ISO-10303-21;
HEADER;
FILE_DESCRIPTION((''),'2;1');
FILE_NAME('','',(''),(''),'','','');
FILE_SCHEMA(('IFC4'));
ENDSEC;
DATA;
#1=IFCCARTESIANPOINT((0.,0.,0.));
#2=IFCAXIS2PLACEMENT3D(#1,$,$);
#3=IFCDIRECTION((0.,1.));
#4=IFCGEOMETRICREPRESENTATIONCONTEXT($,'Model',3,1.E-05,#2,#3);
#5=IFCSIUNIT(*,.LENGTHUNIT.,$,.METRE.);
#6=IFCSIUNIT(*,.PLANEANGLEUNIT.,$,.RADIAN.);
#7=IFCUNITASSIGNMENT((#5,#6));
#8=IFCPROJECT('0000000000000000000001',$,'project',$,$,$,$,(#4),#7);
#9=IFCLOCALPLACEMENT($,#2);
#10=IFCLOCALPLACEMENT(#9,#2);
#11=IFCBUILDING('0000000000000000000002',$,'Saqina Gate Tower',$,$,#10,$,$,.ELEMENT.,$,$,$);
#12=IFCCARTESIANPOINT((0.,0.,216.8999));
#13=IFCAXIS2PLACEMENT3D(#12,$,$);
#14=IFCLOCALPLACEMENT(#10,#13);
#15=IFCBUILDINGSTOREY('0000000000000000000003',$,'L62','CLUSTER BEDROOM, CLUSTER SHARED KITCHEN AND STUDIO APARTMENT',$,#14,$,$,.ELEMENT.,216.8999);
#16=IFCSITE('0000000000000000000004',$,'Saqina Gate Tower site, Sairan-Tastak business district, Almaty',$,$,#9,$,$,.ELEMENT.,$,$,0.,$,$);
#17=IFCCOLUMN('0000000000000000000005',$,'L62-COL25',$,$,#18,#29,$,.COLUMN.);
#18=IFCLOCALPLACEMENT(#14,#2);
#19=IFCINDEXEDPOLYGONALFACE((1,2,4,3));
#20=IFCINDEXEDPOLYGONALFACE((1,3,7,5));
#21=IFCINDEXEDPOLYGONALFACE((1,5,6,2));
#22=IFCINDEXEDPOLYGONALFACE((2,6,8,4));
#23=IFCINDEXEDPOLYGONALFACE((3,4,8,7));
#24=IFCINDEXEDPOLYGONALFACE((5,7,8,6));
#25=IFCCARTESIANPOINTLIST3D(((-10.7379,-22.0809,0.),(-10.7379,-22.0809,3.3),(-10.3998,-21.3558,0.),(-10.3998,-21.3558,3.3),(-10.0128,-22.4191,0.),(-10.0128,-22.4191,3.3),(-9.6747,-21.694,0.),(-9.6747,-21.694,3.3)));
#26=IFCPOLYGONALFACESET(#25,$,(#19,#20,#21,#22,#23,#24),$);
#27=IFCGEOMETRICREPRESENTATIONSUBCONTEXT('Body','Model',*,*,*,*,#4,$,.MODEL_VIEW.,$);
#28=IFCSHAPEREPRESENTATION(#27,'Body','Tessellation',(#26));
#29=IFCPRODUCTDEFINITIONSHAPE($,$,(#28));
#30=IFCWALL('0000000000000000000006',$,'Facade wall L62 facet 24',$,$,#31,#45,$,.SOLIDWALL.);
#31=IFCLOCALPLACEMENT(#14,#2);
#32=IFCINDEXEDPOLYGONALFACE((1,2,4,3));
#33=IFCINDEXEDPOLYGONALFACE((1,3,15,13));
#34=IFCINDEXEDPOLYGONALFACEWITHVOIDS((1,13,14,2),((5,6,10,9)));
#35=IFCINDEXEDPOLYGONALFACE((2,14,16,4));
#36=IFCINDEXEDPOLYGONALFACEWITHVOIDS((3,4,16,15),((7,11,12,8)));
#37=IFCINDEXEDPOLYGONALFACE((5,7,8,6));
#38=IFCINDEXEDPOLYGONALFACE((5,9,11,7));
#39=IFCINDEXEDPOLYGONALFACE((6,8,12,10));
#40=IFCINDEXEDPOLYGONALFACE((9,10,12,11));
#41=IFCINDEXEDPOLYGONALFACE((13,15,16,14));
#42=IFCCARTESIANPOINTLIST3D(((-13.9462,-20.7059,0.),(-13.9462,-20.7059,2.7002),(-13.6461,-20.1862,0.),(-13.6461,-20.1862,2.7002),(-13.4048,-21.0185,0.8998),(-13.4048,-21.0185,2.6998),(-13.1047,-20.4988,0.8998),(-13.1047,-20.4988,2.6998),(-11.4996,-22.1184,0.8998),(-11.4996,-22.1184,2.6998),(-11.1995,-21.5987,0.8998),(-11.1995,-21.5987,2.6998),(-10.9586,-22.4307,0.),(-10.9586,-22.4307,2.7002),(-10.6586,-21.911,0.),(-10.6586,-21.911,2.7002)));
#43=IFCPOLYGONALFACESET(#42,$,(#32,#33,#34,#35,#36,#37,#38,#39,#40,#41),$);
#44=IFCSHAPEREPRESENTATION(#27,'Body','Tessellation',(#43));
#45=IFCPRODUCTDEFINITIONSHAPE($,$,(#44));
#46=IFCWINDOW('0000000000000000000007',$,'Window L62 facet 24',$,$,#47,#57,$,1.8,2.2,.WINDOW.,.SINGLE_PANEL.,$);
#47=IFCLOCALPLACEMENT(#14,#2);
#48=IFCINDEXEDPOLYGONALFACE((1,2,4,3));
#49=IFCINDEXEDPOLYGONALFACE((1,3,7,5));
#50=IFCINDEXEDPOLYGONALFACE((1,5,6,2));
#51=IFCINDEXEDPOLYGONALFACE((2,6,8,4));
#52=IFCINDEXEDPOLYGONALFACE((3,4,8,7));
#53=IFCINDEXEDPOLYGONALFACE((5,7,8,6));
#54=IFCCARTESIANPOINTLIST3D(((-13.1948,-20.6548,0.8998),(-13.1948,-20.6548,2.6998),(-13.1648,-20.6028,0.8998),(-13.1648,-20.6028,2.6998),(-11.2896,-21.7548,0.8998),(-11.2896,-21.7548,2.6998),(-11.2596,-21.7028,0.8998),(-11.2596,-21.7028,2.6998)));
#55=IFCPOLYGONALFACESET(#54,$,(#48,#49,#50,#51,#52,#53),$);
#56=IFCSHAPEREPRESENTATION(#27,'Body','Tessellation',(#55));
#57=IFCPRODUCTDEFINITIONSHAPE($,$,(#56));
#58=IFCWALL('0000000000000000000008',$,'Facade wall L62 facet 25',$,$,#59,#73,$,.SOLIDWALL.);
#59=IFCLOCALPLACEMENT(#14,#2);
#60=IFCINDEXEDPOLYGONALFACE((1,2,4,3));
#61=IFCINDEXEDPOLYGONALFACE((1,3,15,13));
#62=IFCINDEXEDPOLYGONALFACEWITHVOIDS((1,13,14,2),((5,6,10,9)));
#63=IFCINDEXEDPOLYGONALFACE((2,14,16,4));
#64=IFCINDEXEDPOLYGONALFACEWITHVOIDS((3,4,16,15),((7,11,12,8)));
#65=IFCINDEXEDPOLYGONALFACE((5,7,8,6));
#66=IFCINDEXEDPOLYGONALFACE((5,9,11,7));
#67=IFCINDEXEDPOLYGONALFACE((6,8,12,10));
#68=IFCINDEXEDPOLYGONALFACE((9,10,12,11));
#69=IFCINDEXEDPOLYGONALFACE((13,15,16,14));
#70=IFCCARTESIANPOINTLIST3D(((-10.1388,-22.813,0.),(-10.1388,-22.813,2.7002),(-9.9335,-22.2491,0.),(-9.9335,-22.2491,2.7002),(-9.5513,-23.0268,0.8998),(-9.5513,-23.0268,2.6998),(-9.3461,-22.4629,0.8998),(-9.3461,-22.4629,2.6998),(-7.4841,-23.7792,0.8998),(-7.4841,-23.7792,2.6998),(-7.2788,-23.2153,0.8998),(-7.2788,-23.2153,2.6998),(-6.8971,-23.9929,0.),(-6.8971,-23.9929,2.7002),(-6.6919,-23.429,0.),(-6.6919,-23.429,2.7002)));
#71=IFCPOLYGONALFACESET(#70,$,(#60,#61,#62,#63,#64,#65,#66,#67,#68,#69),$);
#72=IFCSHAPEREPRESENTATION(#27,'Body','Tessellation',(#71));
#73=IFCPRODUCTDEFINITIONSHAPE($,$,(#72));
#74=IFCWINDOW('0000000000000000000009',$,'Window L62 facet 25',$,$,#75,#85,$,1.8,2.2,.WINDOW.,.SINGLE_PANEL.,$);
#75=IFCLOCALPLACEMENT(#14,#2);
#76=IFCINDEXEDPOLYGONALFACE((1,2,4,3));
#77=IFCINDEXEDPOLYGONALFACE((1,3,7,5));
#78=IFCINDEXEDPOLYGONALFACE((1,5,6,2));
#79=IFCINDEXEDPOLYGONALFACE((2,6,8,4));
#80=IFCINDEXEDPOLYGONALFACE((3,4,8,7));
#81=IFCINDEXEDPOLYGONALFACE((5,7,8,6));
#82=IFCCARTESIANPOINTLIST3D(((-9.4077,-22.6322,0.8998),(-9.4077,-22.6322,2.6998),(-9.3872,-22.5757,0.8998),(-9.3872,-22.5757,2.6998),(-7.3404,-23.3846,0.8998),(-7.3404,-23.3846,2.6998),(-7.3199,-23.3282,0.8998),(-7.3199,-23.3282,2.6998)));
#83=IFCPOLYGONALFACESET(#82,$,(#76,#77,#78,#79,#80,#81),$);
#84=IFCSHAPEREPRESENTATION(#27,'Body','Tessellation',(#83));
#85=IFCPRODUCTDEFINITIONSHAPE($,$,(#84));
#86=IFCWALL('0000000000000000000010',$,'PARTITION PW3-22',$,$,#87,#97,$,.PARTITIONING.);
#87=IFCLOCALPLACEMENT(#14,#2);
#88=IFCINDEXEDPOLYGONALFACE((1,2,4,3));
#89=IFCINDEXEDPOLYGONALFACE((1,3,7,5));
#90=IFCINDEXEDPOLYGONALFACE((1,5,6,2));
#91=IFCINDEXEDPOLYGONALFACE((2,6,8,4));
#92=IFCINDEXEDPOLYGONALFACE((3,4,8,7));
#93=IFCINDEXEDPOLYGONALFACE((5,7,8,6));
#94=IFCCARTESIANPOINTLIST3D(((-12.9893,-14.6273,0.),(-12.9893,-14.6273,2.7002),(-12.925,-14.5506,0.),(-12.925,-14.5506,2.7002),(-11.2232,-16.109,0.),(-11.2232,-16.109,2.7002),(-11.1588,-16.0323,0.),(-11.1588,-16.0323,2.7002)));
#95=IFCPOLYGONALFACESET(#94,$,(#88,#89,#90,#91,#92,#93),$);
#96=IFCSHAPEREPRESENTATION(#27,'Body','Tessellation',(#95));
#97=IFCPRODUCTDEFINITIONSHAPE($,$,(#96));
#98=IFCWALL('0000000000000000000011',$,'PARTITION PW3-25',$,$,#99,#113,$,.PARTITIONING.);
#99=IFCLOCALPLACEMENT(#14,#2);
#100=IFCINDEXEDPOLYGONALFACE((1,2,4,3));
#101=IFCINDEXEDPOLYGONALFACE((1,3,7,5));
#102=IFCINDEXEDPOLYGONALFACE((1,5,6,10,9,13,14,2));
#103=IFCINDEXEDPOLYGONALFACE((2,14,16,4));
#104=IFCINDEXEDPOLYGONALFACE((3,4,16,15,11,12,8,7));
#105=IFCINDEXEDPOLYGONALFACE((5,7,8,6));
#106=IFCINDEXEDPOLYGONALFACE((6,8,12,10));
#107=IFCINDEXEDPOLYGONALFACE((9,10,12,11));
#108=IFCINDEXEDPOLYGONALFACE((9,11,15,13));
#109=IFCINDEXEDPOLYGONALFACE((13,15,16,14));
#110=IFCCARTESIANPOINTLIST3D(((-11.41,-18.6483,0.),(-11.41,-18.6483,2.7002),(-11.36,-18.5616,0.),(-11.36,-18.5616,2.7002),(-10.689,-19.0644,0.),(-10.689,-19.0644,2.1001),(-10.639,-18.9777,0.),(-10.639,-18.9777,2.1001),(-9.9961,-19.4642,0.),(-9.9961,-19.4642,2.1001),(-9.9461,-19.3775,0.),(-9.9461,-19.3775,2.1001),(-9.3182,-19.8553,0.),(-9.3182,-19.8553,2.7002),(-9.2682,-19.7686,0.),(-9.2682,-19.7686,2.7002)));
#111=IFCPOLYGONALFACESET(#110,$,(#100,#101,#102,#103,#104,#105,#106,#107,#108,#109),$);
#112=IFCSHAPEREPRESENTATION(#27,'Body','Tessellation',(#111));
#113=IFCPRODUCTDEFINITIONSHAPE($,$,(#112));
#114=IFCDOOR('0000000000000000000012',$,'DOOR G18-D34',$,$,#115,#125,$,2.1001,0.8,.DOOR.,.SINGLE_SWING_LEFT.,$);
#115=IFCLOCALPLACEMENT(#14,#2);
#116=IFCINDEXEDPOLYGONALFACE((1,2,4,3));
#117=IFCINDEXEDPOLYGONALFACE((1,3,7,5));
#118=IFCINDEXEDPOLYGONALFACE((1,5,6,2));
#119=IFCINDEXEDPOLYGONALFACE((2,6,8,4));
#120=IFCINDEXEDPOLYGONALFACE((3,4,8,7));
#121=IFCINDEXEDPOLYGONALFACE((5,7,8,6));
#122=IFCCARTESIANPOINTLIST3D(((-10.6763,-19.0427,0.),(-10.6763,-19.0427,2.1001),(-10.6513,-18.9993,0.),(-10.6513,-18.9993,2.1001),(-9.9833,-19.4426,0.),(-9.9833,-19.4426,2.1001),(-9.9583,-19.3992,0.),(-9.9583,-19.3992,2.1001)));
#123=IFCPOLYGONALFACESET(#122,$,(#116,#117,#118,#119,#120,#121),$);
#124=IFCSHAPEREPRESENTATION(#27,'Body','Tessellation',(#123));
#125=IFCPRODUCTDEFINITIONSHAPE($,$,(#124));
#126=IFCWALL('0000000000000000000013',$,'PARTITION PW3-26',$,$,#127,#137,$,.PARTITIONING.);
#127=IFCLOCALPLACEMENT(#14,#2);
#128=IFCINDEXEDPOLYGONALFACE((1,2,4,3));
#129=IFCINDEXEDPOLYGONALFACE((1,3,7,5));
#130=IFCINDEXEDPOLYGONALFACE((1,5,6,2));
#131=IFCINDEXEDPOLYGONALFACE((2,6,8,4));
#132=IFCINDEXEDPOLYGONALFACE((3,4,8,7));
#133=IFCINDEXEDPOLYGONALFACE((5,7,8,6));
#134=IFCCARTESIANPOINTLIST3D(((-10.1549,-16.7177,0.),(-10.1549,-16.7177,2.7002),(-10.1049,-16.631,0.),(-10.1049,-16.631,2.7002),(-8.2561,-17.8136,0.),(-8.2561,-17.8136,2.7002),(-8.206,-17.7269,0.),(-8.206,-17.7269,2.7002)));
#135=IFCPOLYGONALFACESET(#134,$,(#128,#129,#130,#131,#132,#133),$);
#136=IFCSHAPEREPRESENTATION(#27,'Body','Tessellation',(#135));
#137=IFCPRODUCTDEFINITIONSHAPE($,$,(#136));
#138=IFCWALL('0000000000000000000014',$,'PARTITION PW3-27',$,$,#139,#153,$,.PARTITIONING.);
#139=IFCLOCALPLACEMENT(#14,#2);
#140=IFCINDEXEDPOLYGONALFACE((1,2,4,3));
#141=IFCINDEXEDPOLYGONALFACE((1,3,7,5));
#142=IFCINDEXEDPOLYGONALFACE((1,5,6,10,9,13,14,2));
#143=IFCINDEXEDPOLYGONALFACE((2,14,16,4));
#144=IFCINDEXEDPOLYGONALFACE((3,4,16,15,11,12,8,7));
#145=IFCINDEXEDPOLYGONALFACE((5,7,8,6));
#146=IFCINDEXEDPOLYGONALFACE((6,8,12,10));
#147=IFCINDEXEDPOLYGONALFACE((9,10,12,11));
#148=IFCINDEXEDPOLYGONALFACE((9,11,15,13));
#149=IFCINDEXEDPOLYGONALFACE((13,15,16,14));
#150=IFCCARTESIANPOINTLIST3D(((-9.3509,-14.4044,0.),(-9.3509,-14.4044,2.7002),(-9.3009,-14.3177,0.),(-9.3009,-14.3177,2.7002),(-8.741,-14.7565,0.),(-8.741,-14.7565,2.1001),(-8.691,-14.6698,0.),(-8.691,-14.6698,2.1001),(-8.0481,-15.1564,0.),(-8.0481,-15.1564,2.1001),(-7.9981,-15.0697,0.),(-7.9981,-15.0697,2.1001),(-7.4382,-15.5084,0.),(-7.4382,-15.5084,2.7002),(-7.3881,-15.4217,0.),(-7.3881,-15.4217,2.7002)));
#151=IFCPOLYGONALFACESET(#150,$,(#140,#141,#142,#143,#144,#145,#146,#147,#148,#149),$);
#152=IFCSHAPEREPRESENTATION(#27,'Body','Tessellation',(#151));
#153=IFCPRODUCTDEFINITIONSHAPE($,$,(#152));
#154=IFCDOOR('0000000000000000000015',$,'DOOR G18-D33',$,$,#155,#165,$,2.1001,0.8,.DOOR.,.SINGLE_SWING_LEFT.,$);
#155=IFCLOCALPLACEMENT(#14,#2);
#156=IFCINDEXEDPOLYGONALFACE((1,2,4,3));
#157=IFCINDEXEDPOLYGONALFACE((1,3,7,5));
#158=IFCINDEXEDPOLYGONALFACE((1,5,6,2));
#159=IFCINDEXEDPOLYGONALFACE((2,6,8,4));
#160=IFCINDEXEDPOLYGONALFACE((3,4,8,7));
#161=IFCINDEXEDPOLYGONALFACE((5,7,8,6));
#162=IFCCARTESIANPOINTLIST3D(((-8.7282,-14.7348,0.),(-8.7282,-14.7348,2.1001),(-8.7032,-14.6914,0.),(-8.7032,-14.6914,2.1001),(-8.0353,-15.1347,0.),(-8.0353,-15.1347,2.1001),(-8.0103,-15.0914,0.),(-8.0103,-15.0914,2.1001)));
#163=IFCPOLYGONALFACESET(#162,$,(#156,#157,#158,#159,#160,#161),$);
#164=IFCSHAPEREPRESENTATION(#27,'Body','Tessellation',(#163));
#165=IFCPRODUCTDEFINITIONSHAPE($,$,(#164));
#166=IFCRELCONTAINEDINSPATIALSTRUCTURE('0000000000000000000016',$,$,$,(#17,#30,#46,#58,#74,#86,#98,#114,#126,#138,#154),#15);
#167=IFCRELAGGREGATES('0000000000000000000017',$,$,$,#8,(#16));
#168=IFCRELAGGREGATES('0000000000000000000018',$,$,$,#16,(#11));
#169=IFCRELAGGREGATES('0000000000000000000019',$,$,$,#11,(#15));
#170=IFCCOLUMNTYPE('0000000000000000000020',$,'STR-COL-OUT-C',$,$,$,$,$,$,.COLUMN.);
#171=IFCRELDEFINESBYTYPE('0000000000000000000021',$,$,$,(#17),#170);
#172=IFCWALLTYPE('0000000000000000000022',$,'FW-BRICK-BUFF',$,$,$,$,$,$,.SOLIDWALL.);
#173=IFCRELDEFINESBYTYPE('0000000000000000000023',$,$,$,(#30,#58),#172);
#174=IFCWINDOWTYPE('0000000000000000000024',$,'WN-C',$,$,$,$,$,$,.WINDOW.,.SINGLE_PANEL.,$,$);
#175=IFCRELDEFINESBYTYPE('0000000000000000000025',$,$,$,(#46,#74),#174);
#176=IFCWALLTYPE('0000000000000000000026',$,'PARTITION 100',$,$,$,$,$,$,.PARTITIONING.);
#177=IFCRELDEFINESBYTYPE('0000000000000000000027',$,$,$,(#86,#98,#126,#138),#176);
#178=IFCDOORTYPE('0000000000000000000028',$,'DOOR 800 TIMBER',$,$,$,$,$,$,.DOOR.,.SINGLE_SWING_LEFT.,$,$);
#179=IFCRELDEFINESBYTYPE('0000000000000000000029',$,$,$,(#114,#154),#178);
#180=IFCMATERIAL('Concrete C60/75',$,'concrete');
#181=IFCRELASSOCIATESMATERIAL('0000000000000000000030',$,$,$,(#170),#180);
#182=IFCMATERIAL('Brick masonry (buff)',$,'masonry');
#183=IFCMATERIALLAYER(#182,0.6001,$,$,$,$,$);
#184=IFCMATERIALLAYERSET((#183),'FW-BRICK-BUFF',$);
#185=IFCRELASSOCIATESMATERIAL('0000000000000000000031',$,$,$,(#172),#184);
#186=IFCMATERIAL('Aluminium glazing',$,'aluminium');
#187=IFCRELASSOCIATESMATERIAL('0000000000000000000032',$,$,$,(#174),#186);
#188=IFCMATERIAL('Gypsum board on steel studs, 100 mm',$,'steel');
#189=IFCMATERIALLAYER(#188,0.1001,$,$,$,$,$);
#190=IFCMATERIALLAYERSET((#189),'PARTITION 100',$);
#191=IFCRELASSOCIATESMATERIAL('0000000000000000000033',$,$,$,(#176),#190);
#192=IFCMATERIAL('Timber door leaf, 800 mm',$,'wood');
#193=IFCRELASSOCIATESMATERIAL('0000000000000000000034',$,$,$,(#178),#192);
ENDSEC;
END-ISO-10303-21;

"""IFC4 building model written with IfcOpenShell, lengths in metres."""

from ifc_helpers import new_model, si_unit, direction, frame, frame_2d, origin, origin_2d, place, context, subcontext, project, spatial, rectangle, extrude, material, layer, layer_set, material_profile, profile_set, type_object, element, fill, save


model = new_model("IFC4")

# Units and contexts
model_context = context("Model", 3, precision=1e-05, world=origin(), true_north=direction((0.0, 1.0)))
body_context = subcontext(model_context, "Body", "Model", "MODEL_VIEW")
ifc_project = project(units=[si_unit("LENGTHUNIT", "METRE"), si_unit("PLANEANGLEUNIT", "RADIAN")], contexts=[model_context])

# Site, building, storey
site_placement = place(None, origin())
site = spatial("IfcSite", under=ifc_project, at=site_placement, Name="Saqina Gate Tower site, Sairan-Tastak business district, Almaty", CompositionType="ELEMENT", RefElevation=0.0)
building_placement = place(site_placement, origin())
building = spatial("IfcBuilding", under=site, at=building_placement, Name="Saqina Gate Tower", CompositionType="ELEMENT")
storey_placement = place(building_placement, frame((0.0, 0.0, 216.8999)))
storey = spatial("IfcBuildingStorey", under=building, at=storey_placement, Name="L62", Description="CLUSTER BEDROOM, CLUSTER SHARED KITCHEN AND STUDIO APARTMENT", CompositionType="ELEMENT", Elevation=216.8999)

# Column
ifc_material_1 = material(Name="Concrete C60/75", Category="concrete")
ifc_material_profile = material_profile(ifc_material_1, rectangle(XDim=0.8, YDim=0.8, at=origin_2d()), Name="RC 800x800")
ifc_profile_set = profile_set([ifc_material_profile], Name="Concrete C60/75")
column_type = type_object("IfcColumnType", Name="STR-COL-OUT-C", PredefinedType="COLUMN", material=ifc_profile_set)
column_placement = place(storey_placement, frame((-10.2063, -21.8875, 0.0), z_axis=(0.0, 0.0, 1.0), x_axis=(-0.422618, -0.906308, 0.0)))
element("IfcColumn", 1, at=column_placement, inside=storey, type_object=column_type, Name="L62-COL25", PredefinedType="COLUMN", context=body_context, shape_type="SweptSolid", body=[
    extrude(rectangle(XDim=0.8, YDim=0.8, at=origin_2d()), origin(), (0.0, 0.0, 1.0), 3.3),
])

# Walls, openings, windows
ifc_material_2 = material(Name="Brick masonry (buff)", Category="masonry")
ifc_layer_1 = layer(ifc_material_2, 0.6001)
ifc_layer_set_1 = layer_set([ifc_layer_1], Name="FW-BRICK-BUFF")
wall_type_1 = type_object("IfcWallType", Name="FW-BRICK-BUFF", PredefinedType="SOLIDWALL", material=ifc_layer_set_1)
wall_1_placement = place(storey_placement, frame((-13.7961, -20.446, 0.0), z_axis=(0.0, 0.0, 1.0), x_axis=(0.866026, -0.499998, 0.0)))
wall_1 = element("IfcWall", 2, at=wall_1_placement, inside=storey, type_object=wall_type_1, Name="Facade wall L62 facet 24", PredefinedType="SOLIDWALL", context=body_context, shape_type="SweptSolid", body=[
    extrude(rectangle(XDim=3.4497, YDim=0.6001, at=frame_2d((1.7249, 0.0))), origin(), (0.0, 0.0, 1.0), 2.7002),
])
opening_1_placement = place(wall_1_placement, frame((0.625, 0.0, 0.8999)))
opening_1 = element("IfcOpeningElement", 3, at=opening_1_placement, cuts=wall_1, PredefinedType="OPENING", context=body_context, shape_type="SweptSolid", body=[
    extrude(rectangle(XDim=2.2, YDim=1.8, at=frame_2d((1.1001, 0.8999))), frame((0.0, 0.312, 0.0), z_axis=(0.0, -1.0, 0.0), x_axis=(1.0, 0.0, 0.0)), (0.0, 0.0, 1.0), 0.624),
])
ifc_material_3 = material(Name="Aluminium glazing", Category="aluminium")
window_type = type_object("IfcWindowType", Name="WN-C", PartitioningType="SINGLE_PANEL", PredefinedType="WINDOW", material=ifc_material_3)
window_1_placement = place(opening_1_placement, origin())
window_1 = element("IfcWindow", 4, at=window_1_placement, inside=storey, type_object=window_type, Name="Window L62 facet 24", OverallHeight=1.8, OverallWidth=2.2, PartitioningType="SINGLE_PANEL", PredefinedType="WINDOW", context=body_context, shape_type="SweptSolid", body=[
    extrude(rectangle(XDim=2.2, YDim=1.8, at=frame_2d((1.1001, 0.8999))), frame((0.0, 0.1799, 0.0), z_axis=(0.0, -1.0, 0.0), x_axis=(1.0, 0.0, 0.0)), (0.0, 0.0, 1.0), 0.0601),
])
fill(opening_1, window_1)
wall_2_placement = place(storey_placement, frame((-10.0361, -22.531, 0.0), z_axis=(0.0, 0.0, 1.0), x_axis=(0.939688, -0.342033, 0.0)))
wall_2 = element("IfcWall", 5, at=wall_2_placement, inside=storey, type_object=wall_type_1, Name="Facade wall L62 facet 25", PredefinedType="SOLIDWALL", context=body_context, shape_type="SweptSolid", body=[
    extrude(rectangle(XDim=3.4497, YDim=0.6001, at=frame_2d((1.7249, 0.0))), origin(), (0.0, 0.0, 1.0), 2.7002),
])
opening_2_placement = place(wall_2_placement, frame((0.625, 0.0, 0.8999)))
opening_2 = element("IfcOpeningElement", 6, at=opening_2_placement, cuts=wall_2, PredefinedType="OPENING", context=body_context, shape_type="SweptSolid", body=[
    extrude(rectangle(XDim=2.2, YDim=1.8, at=frame_2d((1.1001, 0.8999))), frame((0.0, 0.312, 0.0), z_axis=(0.0, -1.0, 0.0), x_axis=(1.0, 0.0, 0.0)), (0.0, 0.0, 1.0), 0.624),
])
window_2_placement = place(opening_2_placement, origin())
window_2 = element("IfcWindow", 7, at=window_2_placement, inside=storey, type_object=window_type, Name="Window L62 facet 25", OverallHeight=1.8, OverallWidth=2.2, PartitioningType="SINGLE_PANEL", PredefinedType="WINDOW", context=body_context, shape_type="SweptSolid", body=[
    extrude(rectangle(XDim=2.2, YDim=1.8, at=frame_2d((1.1001, 0.8999))), frame((0.0, 0.1799, 0.0), z_axis=(0.0, -1.0, 0.0), x_axis=(1.0, 0.0, 0.0)), (0.0, 0.0, 1.0), 0.0601),
])
fill(opening_2, window_2)

# Wall
ifc_material_4 = material(Name="Gypsum board on steel studs, 100 mm", Category="steel")
ifc_layer_2 = layer(ifc_material_4, 0.1001)
ifc_layer_set_2 = layer_set([ifc_layer_2], Name="PARTITION 100")
wall_type_2 = type_object("IfcWallType", Name="PARTITION 100", PredefinedType="PARTITIONING", material=ifc_layer_set_2)
wall_3_placement = place(storey_placement, frame((-12.9573, -14.5889, 0.0), z_axis=(0.0, 0.0, 1.0), x_axis=(0.766099, -0.642723, 0.0)))
element("IfcWall", 8, at=wall_3_placement, inside=storey, type_object=wall_type_2, Name="PARTITION PW3-22", PredefinedType="PARTITIONING", context=body_context, shape_type="SweptSolid", body=[
    extrude(rectangle(XDim=2.3054, YDim=0.1001, at=frame_2d((1.1528, 0.0))), origin(), (0.0, 0.0, 1.0), 2.7002),
])

# Wall, opening, door
wall_4_placement = place(storey_placement, frame((-11.385, -18.605, 0.0), z_axis=(0.0, 0.0, 1.0), x_axis=(0.866145, -0.499792, 0.0)))
wall_4 = element("IfcWall", 9, at=wall_4_placement, inside=storey, type_object=wall_type_2, Name="PARTITION PW3-25", PredefinedType="PARTITIONING", context=body_context, shape_type="SweptSolid", body=[
    extrude(rectangle(XDim=2.415, YDim=0.1001, at=frame_2d((1.2075, 0.0))), origin(), (0.0, 0.0, 1.0), 2.7002),
])
opening_3_placement = place(wall_4_placement, frame((0.8325, 0.0, 0.0)))
opening_3 = element("IfcOpeningElement", 10, at=opening_3_placement, cuts=wall_4, PredefinedType="OPENING", context=body_context, shape_type="SweptSolid", body=[
    extrude(rectangle(XDim=0.8, YDim=2.1001, at=frame_2d((0.3999, 1.05))), frame((0.0, 0.062, 0.0), z_axis=(0.0, -1.0, 0.0), x_axis=(1.0, 0.0, 0.0)), (0.0, 0.0, 1.0), 0.124),
])
ifc_material_5 = material(Name="Timber door leaf, 800 mm", Category="wood")
door_type_1 = type_object("IfcDoorType", Name="DOOR 800 TIMBER", OperationType="SINGLE_SWING_LEFT", PredefinedType="DOOR", material=ifc_material_5)
door_1_placement = place(opening_3_placement, frame((0.8, 0.0, 0.0), z_axis=(0.0, 0.0, 1.0), x_axis=(-1.0, 0.0, 0.0)))
door_1 = element("IfcDoor", 11, at=door_1_placement, inside=storey, type_object=door_type_1, Name="DOOR G18-D34", OperationType="SINGLE_SWING_LEFT", OverallHeight=2.1001, OverallWidth=0.8, PredefinedType="DOOR", context=body_context, shape_type="SweptSolid", body=[
    extrude(rectangle(XDim=0.8, YDim=2.1001, at=frame_2d((0.3999, 1.05))), frame((0.0, 0.0249, 0.0), z_axis=(0.0, -1.0, 0.0), x_axis=(1.0, 0.0, 0.0)), (0.0, 0.0, 1.0), 0.05),
])
fill(opening_3, door_1)

# Wall
wall_5_placement = place(storey_placement, frame((-10.1299, -16.6743, 0.0), z_axis=(0.0, 0.0, 1.0), x_axis=(0.866104, -0.499864, 0.0)))
element("IfcWall", 12, at=wall_5_placement, inside=storey, type_object=wall_type_2, Name="PARTITION PW3-26", PredefinedType="PARTITIONING", context=body_context, shape_type="SweptSolid", body=[
    extrude(rectangle(XDim=2.1924, YDim=0.1001, at=frame_2d((1.0962, 0.0))), origin(), (0.0, 0.0, 1.0), 2.7002),
])

# Wall, opening, door
wall_6_placement = place(storey_placement, frame((-9.3259, -14.3611, 0.0), z_axis=(0.0, 0.0, 1.0), x_axis=(0.866099, -0.499872, 0.0)))
wall_6 = element("IfcWall", 13, at=wall_6_placement, inside=storey, type_object=wall_type_2, Name="PARTITION PW3-27", PredefinedType="PARTITIONING", context=body_context, shape_type="SweptSolid", body=[
    extrude(rectangle(XDim=2.2085, YDim=0.1001, at=frame_2d((1.1042, 0.0))), origin(), (0.0, 0.0, 1.0), 2.7002),
])
opening_4_placement = place(wall_6_placement, frame((0.7043, 0.0, 0.0)))
opening_4 = element("IfcOpeningElement", 14, at=opening_4_placement, cuts=wall_6, PredefinedType="OPENING", context=body_context, shape_type="SweptSolid", body=[
    extrude(rectangle(XDim=0.8, YDim=2.1001, at=frame_2d((0.3999, 1.05))), frame((0.0, 0.062, 0.0), z_axis=(0.0, -1.0, 0.0), x_axis=(1.0, 0.0, 0.0)), (0.0, 0.0, 1.0), 0.124),
])
door_2_placement = place(opening_4_placement, frame((0.8, 0.0, 0.0), z_axis=(0.0, 0.0, 1.0), x_axis=(-1.0, 0.0, 0.0)))
door_2 = element("IfcDoor", 15, at=door_2_placement, inside=storey, type_object=door_type_1, Name="DOOR G18-D33", OperationType="SINGLE_SWING_LEFT", OverallHeight=2.1001, OverallWidth=0.8, PredefinedType="DOOR", context=body_context, shape_type="SweptSolid", body=[
    extrude(rectangle(XDim=0.8, YDim=2.1001, at=frame_2d((0.3999, 1.05))), frame((0.0, 0.0249, 0.0), z_axis=(0.0, -1.0, 0.0), x_axis=(1.0, 0.0, 0.0)), (0.0, 0.0, 1.0), 0.05),
])
fill(opening_4, door_2)

save(model, "model.ifc")
